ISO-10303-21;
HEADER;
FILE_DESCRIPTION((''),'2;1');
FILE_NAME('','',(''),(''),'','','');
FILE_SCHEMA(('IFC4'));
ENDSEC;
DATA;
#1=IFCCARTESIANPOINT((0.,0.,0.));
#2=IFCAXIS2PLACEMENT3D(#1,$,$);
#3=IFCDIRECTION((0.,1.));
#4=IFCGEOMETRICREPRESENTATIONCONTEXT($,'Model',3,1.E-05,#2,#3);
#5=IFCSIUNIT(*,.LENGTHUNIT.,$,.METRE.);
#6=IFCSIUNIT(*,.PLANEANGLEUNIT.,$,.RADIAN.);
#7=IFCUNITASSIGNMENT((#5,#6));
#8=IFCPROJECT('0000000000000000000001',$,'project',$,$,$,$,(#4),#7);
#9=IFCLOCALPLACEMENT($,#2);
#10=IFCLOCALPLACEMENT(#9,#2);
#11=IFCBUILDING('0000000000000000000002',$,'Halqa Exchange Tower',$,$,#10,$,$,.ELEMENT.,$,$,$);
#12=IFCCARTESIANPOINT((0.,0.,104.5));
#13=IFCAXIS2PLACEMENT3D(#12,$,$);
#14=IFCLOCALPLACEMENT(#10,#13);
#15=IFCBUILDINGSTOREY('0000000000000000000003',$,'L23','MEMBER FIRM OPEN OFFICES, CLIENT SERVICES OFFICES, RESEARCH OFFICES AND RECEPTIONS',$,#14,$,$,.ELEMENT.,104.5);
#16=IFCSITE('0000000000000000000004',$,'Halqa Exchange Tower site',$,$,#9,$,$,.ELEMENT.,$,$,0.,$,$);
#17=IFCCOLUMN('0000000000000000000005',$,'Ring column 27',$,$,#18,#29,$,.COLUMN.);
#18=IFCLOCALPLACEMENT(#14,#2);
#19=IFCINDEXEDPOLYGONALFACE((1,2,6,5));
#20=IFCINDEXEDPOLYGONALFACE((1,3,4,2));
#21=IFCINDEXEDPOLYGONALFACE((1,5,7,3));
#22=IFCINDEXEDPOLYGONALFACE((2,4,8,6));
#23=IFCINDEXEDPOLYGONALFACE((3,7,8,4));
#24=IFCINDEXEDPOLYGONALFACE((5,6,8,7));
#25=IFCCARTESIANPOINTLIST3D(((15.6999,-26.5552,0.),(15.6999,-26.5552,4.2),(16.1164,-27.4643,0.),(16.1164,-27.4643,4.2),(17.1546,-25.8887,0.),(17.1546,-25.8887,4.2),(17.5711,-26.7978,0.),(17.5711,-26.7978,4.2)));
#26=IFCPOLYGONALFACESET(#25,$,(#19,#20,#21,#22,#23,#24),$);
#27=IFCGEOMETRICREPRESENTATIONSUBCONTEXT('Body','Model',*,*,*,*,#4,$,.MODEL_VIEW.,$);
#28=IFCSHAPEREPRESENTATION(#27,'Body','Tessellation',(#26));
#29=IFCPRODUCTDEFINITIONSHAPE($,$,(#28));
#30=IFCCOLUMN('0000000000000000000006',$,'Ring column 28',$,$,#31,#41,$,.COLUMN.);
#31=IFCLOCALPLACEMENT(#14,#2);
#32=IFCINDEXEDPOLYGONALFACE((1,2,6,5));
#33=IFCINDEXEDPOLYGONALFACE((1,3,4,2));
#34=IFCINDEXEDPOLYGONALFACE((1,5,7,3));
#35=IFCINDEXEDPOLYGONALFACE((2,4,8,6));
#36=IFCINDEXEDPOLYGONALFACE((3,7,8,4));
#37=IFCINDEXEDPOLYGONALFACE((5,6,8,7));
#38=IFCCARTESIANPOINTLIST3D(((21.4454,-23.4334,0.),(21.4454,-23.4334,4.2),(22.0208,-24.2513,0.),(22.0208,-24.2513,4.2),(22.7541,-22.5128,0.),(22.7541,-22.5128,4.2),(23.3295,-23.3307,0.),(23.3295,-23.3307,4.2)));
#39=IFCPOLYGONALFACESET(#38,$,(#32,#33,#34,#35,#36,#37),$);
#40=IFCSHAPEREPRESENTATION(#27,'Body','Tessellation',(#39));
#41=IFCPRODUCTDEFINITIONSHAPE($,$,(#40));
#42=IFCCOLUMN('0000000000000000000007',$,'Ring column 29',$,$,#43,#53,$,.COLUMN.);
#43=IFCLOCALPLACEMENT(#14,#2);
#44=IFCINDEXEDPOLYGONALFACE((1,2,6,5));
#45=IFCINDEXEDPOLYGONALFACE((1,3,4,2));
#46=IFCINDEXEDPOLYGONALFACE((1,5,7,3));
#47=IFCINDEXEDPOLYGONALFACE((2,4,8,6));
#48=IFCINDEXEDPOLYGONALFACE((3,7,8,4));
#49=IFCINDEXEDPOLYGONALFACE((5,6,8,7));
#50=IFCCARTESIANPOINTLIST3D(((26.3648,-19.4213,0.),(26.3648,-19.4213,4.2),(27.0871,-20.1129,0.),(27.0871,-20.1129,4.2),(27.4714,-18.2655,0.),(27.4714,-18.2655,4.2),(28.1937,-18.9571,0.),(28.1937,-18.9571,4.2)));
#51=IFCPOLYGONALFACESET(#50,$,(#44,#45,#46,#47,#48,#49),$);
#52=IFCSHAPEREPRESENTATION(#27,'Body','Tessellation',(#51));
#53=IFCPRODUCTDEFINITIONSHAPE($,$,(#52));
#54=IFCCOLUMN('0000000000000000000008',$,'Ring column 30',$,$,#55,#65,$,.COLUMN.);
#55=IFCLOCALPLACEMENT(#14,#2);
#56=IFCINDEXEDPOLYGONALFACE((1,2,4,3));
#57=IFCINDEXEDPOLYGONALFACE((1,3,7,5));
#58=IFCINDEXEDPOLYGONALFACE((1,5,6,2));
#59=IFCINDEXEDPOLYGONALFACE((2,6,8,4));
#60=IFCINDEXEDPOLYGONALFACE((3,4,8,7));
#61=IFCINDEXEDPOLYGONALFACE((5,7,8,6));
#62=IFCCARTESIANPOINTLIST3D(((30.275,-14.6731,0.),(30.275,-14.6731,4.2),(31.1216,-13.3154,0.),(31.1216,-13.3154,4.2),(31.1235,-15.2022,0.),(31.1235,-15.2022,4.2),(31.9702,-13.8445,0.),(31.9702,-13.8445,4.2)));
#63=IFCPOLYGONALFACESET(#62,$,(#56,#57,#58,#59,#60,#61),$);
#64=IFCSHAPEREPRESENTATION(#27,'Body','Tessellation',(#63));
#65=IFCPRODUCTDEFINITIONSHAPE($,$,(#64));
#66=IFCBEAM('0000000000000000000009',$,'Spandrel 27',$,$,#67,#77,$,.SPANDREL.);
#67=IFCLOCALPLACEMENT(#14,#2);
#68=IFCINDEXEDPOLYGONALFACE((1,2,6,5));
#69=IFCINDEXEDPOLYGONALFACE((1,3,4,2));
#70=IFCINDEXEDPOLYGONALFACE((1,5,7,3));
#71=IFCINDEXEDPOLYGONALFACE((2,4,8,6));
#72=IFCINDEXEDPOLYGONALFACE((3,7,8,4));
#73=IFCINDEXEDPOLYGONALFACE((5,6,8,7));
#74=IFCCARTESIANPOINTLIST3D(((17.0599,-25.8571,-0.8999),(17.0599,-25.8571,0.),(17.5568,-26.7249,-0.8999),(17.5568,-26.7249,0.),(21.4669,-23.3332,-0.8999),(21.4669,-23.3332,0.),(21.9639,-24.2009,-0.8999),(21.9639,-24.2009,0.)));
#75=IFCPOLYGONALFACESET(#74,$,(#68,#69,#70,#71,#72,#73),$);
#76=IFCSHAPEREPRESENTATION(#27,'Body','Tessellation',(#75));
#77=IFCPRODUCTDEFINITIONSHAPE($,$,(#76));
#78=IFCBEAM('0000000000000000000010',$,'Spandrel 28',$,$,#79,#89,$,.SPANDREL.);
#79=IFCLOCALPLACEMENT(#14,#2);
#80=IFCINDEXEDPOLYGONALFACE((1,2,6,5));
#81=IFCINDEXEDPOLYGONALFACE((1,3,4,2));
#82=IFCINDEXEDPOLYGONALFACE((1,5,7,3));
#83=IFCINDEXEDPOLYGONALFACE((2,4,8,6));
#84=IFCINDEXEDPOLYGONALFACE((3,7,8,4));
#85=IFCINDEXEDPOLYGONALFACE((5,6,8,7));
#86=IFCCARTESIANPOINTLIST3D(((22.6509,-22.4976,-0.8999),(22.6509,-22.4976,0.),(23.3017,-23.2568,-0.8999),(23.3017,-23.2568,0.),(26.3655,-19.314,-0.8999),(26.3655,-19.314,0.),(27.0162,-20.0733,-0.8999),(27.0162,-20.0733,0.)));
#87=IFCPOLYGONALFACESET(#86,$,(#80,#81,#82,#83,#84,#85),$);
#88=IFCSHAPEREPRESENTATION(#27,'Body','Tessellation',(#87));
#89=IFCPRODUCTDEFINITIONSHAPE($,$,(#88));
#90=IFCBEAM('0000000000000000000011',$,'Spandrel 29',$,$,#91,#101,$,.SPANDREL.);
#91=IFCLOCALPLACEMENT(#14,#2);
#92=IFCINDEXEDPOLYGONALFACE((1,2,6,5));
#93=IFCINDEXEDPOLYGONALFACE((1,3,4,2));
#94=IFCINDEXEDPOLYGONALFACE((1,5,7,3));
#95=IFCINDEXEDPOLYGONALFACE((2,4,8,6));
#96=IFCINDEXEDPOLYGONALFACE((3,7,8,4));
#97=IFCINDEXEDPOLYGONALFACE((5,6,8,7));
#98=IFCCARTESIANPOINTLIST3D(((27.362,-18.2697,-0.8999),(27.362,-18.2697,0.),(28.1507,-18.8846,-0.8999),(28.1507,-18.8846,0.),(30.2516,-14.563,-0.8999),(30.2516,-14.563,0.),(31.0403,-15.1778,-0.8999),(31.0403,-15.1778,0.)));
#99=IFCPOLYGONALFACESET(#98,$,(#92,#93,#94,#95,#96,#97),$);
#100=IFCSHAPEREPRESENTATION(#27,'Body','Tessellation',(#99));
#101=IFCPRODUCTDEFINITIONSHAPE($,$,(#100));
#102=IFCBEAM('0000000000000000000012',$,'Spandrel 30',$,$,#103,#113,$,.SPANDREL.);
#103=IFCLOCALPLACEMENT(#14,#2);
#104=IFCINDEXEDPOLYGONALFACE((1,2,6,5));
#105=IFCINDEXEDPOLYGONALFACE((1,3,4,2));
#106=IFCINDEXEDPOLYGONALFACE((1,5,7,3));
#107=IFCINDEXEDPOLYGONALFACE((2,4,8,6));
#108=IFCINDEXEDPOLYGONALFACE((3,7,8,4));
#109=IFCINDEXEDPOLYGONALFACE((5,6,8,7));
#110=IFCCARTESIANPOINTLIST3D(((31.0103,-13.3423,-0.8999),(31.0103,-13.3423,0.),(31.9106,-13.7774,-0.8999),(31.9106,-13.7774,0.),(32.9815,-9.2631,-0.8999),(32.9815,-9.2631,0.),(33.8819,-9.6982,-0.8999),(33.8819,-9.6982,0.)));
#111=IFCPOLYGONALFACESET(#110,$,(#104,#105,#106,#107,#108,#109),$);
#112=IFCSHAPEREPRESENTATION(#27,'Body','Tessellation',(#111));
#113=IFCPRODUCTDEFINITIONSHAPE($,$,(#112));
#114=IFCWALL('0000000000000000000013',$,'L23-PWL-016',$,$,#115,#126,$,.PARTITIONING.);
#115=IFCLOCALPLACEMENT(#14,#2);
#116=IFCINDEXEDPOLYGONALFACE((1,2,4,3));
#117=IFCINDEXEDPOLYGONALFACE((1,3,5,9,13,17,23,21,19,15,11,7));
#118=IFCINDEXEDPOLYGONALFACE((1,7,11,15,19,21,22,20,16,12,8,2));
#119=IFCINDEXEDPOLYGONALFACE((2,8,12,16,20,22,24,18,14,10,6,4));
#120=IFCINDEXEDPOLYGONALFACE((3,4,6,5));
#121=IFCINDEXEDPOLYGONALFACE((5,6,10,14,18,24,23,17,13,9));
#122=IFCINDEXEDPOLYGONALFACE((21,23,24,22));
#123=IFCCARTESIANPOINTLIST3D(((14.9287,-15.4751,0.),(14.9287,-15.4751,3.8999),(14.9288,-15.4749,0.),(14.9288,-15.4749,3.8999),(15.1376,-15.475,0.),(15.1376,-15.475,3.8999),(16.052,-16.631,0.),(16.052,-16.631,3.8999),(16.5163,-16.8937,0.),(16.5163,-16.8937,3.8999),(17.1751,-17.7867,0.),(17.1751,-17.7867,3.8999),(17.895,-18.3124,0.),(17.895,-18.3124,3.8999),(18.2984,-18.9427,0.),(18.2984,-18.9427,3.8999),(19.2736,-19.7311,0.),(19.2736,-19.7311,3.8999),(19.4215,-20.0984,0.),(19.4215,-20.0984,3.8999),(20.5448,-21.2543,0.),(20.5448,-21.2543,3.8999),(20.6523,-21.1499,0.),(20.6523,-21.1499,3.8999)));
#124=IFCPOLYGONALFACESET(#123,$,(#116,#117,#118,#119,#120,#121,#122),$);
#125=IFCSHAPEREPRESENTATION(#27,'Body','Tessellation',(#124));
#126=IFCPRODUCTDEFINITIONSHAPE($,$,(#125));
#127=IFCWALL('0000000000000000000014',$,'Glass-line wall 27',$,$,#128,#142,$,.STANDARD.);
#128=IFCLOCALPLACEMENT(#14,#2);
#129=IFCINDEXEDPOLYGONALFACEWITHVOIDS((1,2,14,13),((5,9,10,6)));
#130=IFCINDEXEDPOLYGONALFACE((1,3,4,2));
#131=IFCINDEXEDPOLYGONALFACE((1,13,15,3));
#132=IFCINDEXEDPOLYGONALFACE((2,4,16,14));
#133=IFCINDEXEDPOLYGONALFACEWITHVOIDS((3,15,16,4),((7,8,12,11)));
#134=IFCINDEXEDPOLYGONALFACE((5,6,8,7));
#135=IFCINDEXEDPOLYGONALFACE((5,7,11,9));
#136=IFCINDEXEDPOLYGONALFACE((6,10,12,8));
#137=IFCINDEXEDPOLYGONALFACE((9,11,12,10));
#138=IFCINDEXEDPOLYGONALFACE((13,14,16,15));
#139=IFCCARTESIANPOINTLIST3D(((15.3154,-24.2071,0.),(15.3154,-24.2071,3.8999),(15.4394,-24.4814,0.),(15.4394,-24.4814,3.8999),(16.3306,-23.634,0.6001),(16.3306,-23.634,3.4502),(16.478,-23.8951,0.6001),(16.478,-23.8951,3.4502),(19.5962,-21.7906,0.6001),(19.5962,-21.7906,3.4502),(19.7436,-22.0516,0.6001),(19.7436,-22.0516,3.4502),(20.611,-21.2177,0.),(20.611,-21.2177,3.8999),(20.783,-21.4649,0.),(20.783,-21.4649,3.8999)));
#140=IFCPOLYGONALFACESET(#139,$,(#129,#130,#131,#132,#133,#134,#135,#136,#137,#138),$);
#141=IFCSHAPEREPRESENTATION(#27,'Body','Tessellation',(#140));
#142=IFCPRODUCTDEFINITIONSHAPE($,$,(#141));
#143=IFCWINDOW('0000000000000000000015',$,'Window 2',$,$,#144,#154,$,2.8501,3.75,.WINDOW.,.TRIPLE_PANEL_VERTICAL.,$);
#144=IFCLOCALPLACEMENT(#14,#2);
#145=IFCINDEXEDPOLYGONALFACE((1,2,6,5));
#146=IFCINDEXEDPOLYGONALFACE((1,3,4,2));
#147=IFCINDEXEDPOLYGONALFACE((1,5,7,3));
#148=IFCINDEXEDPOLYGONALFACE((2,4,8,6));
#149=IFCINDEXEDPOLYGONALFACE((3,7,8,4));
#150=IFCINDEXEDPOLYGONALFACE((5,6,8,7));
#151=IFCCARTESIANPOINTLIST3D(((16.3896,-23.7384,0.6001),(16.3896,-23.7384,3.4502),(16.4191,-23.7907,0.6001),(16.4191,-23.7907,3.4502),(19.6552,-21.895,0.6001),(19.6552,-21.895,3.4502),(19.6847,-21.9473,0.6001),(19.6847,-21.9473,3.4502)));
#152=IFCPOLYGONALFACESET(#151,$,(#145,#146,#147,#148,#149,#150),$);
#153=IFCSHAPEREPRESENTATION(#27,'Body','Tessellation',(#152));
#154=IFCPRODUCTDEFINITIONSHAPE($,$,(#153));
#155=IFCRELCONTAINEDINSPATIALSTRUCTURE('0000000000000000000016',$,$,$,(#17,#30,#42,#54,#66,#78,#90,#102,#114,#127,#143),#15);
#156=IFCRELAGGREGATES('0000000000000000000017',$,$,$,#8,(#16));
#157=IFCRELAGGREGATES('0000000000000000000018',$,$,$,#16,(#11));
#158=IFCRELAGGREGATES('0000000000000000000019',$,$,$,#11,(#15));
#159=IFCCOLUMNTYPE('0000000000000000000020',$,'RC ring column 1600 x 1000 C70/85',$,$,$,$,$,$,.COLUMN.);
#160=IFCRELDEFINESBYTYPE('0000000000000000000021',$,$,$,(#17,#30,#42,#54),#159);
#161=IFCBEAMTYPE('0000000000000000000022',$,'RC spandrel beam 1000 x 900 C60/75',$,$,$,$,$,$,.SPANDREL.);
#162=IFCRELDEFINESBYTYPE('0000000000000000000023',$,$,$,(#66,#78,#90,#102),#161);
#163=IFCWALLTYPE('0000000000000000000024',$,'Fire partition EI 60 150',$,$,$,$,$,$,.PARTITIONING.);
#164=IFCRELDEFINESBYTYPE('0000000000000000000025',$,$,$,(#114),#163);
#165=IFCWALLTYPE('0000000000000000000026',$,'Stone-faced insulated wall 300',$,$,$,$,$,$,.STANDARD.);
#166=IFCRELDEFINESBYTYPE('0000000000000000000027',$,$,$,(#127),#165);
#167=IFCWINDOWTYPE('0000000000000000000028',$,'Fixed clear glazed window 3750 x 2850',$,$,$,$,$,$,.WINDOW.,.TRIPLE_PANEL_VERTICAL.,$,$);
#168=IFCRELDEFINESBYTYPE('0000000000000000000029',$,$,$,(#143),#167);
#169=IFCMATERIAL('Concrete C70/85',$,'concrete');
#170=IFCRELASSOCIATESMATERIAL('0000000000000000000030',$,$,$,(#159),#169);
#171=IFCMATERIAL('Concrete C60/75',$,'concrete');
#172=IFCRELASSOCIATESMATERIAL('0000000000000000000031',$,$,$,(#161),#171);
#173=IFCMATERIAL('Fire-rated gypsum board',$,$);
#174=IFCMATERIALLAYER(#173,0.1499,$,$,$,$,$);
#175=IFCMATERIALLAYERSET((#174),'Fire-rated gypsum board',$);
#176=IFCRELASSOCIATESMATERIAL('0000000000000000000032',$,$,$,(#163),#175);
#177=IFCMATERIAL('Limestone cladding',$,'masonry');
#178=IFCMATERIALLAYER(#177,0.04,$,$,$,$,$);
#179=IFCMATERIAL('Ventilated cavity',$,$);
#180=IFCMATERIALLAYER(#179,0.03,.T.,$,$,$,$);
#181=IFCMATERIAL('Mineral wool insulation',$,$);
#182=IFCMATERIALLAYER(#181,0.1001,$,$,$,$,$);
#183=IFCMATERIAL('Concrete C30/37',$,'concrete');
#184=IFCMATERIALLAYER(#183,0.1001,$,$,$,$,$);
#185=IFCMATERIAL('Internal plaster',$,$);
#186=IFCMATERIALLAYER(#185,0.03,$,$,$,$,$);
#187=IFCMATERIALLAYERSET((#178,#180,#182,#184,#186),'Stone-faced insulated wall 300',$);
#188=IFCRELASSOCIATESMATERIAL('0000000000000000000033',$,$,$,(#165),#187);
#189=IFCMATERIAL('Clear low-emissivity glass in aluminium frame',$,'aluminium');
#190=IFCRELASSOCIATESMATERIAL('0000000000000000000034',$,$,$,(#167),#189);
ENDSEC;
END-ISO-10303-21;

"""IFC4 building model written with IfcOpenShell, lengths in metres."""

from ifc_helpers import new_model, si_unit, direction, frame, frame_2d, origin, origin_2d, place, context, subcontext, project, spatial, polyline, rectangle, outline, extrude, material, layer, layer_set, material_profile, profile_set, type_object, element, fill, save


model = new_model("IFC4")

# Units and contexts
model_context = context("Model", 3, precision=1e-05, world=origin(), true_north=direction((0.0, 1.0)))
body_context = subcontext(model_context, "Body", "Model", "MODEL_VIEW")
ifc_project = project(units=[si_unit("LENGTHUNIT", "METRE"), si_unit("PLANEANGLEUNIT", "RADIAN")], contexts=[model_context])

# Site, building, storey
site_placement = place(None, origin())
site = spatial("IfcSite", under=ifc_project, at=site_placement, Name="Halqa Exchange Tower site", CompositionType="ELEMENT", RefElevation=0.0)
building_placement = place(site_placement, origin())
building = spatial("IfcBuilding", under=site, at=building_placement, Name="Halqa Exchange Tower", CompositionType="ELEMENT")
storey_placement = place(building_placement, frame((0.0, 0.0, 104.5)))
storey = spatial("IfcBuildingStorey", under=building, at=storey_placement, Name="L23", Description="MEMBER FIRM OPEN OFFICES, CLIENT SERVICES OFFICES, RESEARCH OFFICES AND RECEPTIONS", CompositionType="ELEMENT", Elevation=104.5)

# Columns
ifc_material_1 = material(Name="Concrete C70/85", Category="concrete")
ifc_material_profile_1 = material_profile(ifc_material_1, rectangle(XDim=1.6001, YDim=1.0, at=origin_2d()), Name="1600 x 1000")
ifc_profile_set_1 = profile_set([ifc_material_profile_1], Name="Concrete C70/85")
column_type = type_object("IfcColumnType", Name="RC ring column 1600 x 1000 C70/85", PredefinedType="COLUMN", material=ifc_profile_set_1)
for number, where, z_axis, x_axis, name in (
    (1, (16.6355, -26.6765, 0.0), (0.0, 0.0, 1.0), (0.909128, 0.416517, 0.0), "Ring column 27"),
    (2, (22.3875, -23.3821, 0.0), (0.0, 0.0, 1.0), (0.817911, 0.575345, 0.0), "Ring column 28"),
    (3, (27.2793, -19.1892, 0.0), (0.0, 0.0, 1.0), (0.691581, 0.722299, 0.0), "Ring column 29"),
    (4, (31.1226, -14.2588, 0.0), (0.0, 0.0, 1.0), (0.529139, 0.848535, 0.0), "Ring column 30"),
):
    element("IfcColumn", number, at=place(storey_placement, frame(where, z_axis=z_axis, x_axis=x_axis)), inside=storey, type_object=column_type, Name=name, PredefinedType="COLUMN", context=body_context, shape_type="SweptSolid", body=[
        extrude(rectangle(XDim=1.6001, YDim=1.0, at=origin_2d()), origin(), (0.0, 0.0, 1.0), 4.2),
    ])

# Beams
ifc_material_2 = material(Name="Concrete C60/75", Category="concrete")
ifc_material_profile_2 = material_profile(ifc_material_2, rectangle(XDim=1.0, YDim=0.8999, at=origin_2d()), Name="1000 x 900")
ifc_profile_set_2 = profile_set([ifc_material_profile_2], Name="Concrete C60/75")
beam_type = type_object("IfcBeamType", Name="RC spandrel beam 1000 x 900 C60/75", PredefinedType="SPANDREL", material=ifc_profile_set_2)
beam_1_placement = place(storey_placement, frame((17.3083, -26.291, -0.45), z_axis=(0.867763, 0.496977, 0.0), x_axis=(-0.496977, 0.867763, 0.0)))
element("IfcBeam", 5, at=beam_1_placement, inside=storey, type_object=beam_type, Name="Spandrel 27", PredefinedType="SPANDREL", context=body_context, shape_type="SweptSolid", body=[
    extrude(rectangle(XDim=1.0, YDim=0.8999, at=origin_2d()), origin(), (0.0, 0.0, 1.0), 5.0786),
])
beam_2_placement = place(storey_placement, frame((22.9763, -22.8772, -0.45), z_axis=(0.759292, 0.65075, 0.0), x_axis=(-0.65075, 0.759292, 0.0)))
element("IfcBeam", 6, at=beam_2_placement, inside=storey, type_object=beam_type, Name="Spandrel 28", PredefinedType="SPANDREL", context=body_context, shape_type="SweptSolid", body=[
    extrude(rectangle(XDim=1.0, YDim=0.8999, at=origin_2d()), origin(), (0.0, 0.0, 1.0), 4.8921),
])
beam_3_placement = place(storey_placement, frame((27.7563, -18.5771, -0.45), z_axis=(0.614814, 0.788672, 0.0), x_axis=(-0.788672, 0.614814, 0.0)))
element("IfcBeam", 7, at=beam_3_placement, inside=storey, type_object=beam_type, Name="Spandrel 29", PredefinedType="SPANDREL", context=body_context, shape_type="SweptSolid", body=[
    extrude(rectangle(XDim=1.0, YDim=0.8999, at=origin_2d()), origin(), (0.0, 0.0, 1.0), 4.7),
])
beam_4_placement = place(storey_placement, frame((31.4604, -13.5598, -0.45), z_axis=(0.435102, 0.900381, 0.0), x_axis=(-0.900381, 0.435102, 0.0)))
element("IfcBeam", 8, at=beam_4_placement, inside=storey, type_object=beam_type, Name="Spandrel 30", PredefinedType="SPANDREL", context=body_context, shape_type="SweptSolid", body=[
    extrude(rectangle(XDim=1.0, YDim=0.8999, at=origin_2d()), origin(), (0.0, 0.0, 1.0), 4.5305),
])

# Wall
ifc_material_3 = material(Name="Fire-rated gypsum board")
ifc_layer_1 = layer(ifc_material_3, 0.1499)
ifc_layer_set_1 = layer_set([ifc_layer_1], Name="Fire-rated gypsum board")
wall_type_1 = type_object("IfcWallType", Name="Fire partition EI 60 150", PredefinedType="PARTITIONING", material=ifc_layer_set_1)
wall_1_placement = place(storey_placement, frame((14.9824, -15.4229, 0.0), z_axis=(0.0, 0.0, 1.0), x_axis=(0.696916, -0.717153, 0.0)))
element("IfcWall", 9, at=wall_1_placement, inside=storey, type_object=wall_type_1, Name="L23-PWL-016", PredefinedType="PARTITIONING", context=body_context, shape_type="SweptSolid", body=[
    extrude(outline(polyline([(8.0586, 0.075), (6.0803, 0.075), (4.1021, 0.075), (2.1238, 0.075), (0.1455, 0.075), (0.0, -0.0747), (0.0, -0.075), (1.6118, -0.075), (3.2234, -0.075), (4.8352, -0.075), (6.4468, -0.075), (8.0586, -0.075), (8.0586, 0.075)])), origin(), (0.0, 0.0, 1.0), 3.8999),
])

# Wall, opening, window
ifc_material_4 = material(Name="Limestone cladding", Category="masonry")
ifc_layer_2 = layer(ifc_material_4, 0.04)
ifc_material_5 = material(Name="Ventilated cavity")
ifc_layer_3 = layer(ifc_material_5, 0.03, ventilated=True)
ifc_material_6 = material(Name="Mineral wool insulation")
ifc_layer_4 = layer(ifc_material_6, 0.1001)
ifc_material_7 = material(Name="Concrete C30/37", Category="concrete")
ifc_layer_5 = layer(ifc_material_7, 0.1001)
ifc_material_8 = material(Name="Internal plaster")
ifc_layer_6 = layer(ifc_material_8, 0.03)
ifc_layer_set_2 = layer_set([ifc_layer_2, ifc_layer_3, ifc_layer_4, ifc_layer_5, ifc_layer_6], Name="Stone-faced insulated wall 300")
wall_type_2 = type_object("IfcWallType", Name="Stone-faced insulated wall 300", PredefinedType="STANDARD", material=ifc_layer_set_2)
wall_2_placement = place(storey_placement, frame((15.3774, -24.3442, 0.0), z_axis=(0.0, 0.0, 1.0), x_axis=(0.870828, 0.491587, 0.0)))
wall_2 = element("IfcWall", 10, at=wall_2_placement, inside=storey, type_object=wall_type_2, Name="Glass-line wall 27", PredefinedType="STANDARD", context=body_context, shape_type="SweptSolid", body=[
    extrude(outline(polyline([(-0.0134, -0.1499), (6.1228, -0.1499), (6.0945, 0.1499), (0.0134, 0.1499), (-0.0134, -0.1499)])), origin(), (0.0, 0.0, 1.0), 3.8999),
])
opening_1_placement = place(wall_2_placement, frame((1.1792, 0.0, 0.6001)))
opening_1 = element("IfcOpeningElement", 11, at=opening_1_placement, cuts=wall_2, PredefinedType="OPENING", context=body_context, shape_type="SweptSolid", body=[
    extrude(rectangle(XDim=3.75, YDim=2.8501, at=frame_2d((1.875, 1.425))), frame((0.0, 0.1621, 0.0), z_axis=(0.0, -1.0, 0.0), x_axis=(1.0, 0.0, 0.0)), (0.0, 0.0, 1.0), 0.324),
])
ifc_material_9 = material(Name="Clear low-emissivity glass in aluminium frame", Category="aluminium")
window_type = type_object("IfcWindowType", Name="Fixed clear glazed window 3750 x 2850", PartitioningType="TRIPLE_PANEL_VERTICAL", PredefinedType="WINDOW", material=ifc_material_9)
window_1_placement = place(opening_1_placement, origin())
window_1 = element("IfcWindow", 12, at=window_1_placement, inside=storey, type_object=window_type, Name="Window 2", OverallHeight=2.8501, OverallWidth=3.75, PartitioningType="TRIPLE_PANEL_VERTICAL", PredefinedType="WINDOW", context=body_context, shape_type="SweptSolid", body=[
    extrude(rectangle(XDim=3.75, YDim=2.8501, at=frame_2d((1.875, 1.425))), frame((0.0, 0.03, 0.0), z_axis=(0.0, -1.0, 0.0), x_axis=(1.0, 0.0, 0.0)), (0.0, 0.0, 1.0), 0.0601),
])
fill(opening_1, window_1)

save(model, "model.ifc")
